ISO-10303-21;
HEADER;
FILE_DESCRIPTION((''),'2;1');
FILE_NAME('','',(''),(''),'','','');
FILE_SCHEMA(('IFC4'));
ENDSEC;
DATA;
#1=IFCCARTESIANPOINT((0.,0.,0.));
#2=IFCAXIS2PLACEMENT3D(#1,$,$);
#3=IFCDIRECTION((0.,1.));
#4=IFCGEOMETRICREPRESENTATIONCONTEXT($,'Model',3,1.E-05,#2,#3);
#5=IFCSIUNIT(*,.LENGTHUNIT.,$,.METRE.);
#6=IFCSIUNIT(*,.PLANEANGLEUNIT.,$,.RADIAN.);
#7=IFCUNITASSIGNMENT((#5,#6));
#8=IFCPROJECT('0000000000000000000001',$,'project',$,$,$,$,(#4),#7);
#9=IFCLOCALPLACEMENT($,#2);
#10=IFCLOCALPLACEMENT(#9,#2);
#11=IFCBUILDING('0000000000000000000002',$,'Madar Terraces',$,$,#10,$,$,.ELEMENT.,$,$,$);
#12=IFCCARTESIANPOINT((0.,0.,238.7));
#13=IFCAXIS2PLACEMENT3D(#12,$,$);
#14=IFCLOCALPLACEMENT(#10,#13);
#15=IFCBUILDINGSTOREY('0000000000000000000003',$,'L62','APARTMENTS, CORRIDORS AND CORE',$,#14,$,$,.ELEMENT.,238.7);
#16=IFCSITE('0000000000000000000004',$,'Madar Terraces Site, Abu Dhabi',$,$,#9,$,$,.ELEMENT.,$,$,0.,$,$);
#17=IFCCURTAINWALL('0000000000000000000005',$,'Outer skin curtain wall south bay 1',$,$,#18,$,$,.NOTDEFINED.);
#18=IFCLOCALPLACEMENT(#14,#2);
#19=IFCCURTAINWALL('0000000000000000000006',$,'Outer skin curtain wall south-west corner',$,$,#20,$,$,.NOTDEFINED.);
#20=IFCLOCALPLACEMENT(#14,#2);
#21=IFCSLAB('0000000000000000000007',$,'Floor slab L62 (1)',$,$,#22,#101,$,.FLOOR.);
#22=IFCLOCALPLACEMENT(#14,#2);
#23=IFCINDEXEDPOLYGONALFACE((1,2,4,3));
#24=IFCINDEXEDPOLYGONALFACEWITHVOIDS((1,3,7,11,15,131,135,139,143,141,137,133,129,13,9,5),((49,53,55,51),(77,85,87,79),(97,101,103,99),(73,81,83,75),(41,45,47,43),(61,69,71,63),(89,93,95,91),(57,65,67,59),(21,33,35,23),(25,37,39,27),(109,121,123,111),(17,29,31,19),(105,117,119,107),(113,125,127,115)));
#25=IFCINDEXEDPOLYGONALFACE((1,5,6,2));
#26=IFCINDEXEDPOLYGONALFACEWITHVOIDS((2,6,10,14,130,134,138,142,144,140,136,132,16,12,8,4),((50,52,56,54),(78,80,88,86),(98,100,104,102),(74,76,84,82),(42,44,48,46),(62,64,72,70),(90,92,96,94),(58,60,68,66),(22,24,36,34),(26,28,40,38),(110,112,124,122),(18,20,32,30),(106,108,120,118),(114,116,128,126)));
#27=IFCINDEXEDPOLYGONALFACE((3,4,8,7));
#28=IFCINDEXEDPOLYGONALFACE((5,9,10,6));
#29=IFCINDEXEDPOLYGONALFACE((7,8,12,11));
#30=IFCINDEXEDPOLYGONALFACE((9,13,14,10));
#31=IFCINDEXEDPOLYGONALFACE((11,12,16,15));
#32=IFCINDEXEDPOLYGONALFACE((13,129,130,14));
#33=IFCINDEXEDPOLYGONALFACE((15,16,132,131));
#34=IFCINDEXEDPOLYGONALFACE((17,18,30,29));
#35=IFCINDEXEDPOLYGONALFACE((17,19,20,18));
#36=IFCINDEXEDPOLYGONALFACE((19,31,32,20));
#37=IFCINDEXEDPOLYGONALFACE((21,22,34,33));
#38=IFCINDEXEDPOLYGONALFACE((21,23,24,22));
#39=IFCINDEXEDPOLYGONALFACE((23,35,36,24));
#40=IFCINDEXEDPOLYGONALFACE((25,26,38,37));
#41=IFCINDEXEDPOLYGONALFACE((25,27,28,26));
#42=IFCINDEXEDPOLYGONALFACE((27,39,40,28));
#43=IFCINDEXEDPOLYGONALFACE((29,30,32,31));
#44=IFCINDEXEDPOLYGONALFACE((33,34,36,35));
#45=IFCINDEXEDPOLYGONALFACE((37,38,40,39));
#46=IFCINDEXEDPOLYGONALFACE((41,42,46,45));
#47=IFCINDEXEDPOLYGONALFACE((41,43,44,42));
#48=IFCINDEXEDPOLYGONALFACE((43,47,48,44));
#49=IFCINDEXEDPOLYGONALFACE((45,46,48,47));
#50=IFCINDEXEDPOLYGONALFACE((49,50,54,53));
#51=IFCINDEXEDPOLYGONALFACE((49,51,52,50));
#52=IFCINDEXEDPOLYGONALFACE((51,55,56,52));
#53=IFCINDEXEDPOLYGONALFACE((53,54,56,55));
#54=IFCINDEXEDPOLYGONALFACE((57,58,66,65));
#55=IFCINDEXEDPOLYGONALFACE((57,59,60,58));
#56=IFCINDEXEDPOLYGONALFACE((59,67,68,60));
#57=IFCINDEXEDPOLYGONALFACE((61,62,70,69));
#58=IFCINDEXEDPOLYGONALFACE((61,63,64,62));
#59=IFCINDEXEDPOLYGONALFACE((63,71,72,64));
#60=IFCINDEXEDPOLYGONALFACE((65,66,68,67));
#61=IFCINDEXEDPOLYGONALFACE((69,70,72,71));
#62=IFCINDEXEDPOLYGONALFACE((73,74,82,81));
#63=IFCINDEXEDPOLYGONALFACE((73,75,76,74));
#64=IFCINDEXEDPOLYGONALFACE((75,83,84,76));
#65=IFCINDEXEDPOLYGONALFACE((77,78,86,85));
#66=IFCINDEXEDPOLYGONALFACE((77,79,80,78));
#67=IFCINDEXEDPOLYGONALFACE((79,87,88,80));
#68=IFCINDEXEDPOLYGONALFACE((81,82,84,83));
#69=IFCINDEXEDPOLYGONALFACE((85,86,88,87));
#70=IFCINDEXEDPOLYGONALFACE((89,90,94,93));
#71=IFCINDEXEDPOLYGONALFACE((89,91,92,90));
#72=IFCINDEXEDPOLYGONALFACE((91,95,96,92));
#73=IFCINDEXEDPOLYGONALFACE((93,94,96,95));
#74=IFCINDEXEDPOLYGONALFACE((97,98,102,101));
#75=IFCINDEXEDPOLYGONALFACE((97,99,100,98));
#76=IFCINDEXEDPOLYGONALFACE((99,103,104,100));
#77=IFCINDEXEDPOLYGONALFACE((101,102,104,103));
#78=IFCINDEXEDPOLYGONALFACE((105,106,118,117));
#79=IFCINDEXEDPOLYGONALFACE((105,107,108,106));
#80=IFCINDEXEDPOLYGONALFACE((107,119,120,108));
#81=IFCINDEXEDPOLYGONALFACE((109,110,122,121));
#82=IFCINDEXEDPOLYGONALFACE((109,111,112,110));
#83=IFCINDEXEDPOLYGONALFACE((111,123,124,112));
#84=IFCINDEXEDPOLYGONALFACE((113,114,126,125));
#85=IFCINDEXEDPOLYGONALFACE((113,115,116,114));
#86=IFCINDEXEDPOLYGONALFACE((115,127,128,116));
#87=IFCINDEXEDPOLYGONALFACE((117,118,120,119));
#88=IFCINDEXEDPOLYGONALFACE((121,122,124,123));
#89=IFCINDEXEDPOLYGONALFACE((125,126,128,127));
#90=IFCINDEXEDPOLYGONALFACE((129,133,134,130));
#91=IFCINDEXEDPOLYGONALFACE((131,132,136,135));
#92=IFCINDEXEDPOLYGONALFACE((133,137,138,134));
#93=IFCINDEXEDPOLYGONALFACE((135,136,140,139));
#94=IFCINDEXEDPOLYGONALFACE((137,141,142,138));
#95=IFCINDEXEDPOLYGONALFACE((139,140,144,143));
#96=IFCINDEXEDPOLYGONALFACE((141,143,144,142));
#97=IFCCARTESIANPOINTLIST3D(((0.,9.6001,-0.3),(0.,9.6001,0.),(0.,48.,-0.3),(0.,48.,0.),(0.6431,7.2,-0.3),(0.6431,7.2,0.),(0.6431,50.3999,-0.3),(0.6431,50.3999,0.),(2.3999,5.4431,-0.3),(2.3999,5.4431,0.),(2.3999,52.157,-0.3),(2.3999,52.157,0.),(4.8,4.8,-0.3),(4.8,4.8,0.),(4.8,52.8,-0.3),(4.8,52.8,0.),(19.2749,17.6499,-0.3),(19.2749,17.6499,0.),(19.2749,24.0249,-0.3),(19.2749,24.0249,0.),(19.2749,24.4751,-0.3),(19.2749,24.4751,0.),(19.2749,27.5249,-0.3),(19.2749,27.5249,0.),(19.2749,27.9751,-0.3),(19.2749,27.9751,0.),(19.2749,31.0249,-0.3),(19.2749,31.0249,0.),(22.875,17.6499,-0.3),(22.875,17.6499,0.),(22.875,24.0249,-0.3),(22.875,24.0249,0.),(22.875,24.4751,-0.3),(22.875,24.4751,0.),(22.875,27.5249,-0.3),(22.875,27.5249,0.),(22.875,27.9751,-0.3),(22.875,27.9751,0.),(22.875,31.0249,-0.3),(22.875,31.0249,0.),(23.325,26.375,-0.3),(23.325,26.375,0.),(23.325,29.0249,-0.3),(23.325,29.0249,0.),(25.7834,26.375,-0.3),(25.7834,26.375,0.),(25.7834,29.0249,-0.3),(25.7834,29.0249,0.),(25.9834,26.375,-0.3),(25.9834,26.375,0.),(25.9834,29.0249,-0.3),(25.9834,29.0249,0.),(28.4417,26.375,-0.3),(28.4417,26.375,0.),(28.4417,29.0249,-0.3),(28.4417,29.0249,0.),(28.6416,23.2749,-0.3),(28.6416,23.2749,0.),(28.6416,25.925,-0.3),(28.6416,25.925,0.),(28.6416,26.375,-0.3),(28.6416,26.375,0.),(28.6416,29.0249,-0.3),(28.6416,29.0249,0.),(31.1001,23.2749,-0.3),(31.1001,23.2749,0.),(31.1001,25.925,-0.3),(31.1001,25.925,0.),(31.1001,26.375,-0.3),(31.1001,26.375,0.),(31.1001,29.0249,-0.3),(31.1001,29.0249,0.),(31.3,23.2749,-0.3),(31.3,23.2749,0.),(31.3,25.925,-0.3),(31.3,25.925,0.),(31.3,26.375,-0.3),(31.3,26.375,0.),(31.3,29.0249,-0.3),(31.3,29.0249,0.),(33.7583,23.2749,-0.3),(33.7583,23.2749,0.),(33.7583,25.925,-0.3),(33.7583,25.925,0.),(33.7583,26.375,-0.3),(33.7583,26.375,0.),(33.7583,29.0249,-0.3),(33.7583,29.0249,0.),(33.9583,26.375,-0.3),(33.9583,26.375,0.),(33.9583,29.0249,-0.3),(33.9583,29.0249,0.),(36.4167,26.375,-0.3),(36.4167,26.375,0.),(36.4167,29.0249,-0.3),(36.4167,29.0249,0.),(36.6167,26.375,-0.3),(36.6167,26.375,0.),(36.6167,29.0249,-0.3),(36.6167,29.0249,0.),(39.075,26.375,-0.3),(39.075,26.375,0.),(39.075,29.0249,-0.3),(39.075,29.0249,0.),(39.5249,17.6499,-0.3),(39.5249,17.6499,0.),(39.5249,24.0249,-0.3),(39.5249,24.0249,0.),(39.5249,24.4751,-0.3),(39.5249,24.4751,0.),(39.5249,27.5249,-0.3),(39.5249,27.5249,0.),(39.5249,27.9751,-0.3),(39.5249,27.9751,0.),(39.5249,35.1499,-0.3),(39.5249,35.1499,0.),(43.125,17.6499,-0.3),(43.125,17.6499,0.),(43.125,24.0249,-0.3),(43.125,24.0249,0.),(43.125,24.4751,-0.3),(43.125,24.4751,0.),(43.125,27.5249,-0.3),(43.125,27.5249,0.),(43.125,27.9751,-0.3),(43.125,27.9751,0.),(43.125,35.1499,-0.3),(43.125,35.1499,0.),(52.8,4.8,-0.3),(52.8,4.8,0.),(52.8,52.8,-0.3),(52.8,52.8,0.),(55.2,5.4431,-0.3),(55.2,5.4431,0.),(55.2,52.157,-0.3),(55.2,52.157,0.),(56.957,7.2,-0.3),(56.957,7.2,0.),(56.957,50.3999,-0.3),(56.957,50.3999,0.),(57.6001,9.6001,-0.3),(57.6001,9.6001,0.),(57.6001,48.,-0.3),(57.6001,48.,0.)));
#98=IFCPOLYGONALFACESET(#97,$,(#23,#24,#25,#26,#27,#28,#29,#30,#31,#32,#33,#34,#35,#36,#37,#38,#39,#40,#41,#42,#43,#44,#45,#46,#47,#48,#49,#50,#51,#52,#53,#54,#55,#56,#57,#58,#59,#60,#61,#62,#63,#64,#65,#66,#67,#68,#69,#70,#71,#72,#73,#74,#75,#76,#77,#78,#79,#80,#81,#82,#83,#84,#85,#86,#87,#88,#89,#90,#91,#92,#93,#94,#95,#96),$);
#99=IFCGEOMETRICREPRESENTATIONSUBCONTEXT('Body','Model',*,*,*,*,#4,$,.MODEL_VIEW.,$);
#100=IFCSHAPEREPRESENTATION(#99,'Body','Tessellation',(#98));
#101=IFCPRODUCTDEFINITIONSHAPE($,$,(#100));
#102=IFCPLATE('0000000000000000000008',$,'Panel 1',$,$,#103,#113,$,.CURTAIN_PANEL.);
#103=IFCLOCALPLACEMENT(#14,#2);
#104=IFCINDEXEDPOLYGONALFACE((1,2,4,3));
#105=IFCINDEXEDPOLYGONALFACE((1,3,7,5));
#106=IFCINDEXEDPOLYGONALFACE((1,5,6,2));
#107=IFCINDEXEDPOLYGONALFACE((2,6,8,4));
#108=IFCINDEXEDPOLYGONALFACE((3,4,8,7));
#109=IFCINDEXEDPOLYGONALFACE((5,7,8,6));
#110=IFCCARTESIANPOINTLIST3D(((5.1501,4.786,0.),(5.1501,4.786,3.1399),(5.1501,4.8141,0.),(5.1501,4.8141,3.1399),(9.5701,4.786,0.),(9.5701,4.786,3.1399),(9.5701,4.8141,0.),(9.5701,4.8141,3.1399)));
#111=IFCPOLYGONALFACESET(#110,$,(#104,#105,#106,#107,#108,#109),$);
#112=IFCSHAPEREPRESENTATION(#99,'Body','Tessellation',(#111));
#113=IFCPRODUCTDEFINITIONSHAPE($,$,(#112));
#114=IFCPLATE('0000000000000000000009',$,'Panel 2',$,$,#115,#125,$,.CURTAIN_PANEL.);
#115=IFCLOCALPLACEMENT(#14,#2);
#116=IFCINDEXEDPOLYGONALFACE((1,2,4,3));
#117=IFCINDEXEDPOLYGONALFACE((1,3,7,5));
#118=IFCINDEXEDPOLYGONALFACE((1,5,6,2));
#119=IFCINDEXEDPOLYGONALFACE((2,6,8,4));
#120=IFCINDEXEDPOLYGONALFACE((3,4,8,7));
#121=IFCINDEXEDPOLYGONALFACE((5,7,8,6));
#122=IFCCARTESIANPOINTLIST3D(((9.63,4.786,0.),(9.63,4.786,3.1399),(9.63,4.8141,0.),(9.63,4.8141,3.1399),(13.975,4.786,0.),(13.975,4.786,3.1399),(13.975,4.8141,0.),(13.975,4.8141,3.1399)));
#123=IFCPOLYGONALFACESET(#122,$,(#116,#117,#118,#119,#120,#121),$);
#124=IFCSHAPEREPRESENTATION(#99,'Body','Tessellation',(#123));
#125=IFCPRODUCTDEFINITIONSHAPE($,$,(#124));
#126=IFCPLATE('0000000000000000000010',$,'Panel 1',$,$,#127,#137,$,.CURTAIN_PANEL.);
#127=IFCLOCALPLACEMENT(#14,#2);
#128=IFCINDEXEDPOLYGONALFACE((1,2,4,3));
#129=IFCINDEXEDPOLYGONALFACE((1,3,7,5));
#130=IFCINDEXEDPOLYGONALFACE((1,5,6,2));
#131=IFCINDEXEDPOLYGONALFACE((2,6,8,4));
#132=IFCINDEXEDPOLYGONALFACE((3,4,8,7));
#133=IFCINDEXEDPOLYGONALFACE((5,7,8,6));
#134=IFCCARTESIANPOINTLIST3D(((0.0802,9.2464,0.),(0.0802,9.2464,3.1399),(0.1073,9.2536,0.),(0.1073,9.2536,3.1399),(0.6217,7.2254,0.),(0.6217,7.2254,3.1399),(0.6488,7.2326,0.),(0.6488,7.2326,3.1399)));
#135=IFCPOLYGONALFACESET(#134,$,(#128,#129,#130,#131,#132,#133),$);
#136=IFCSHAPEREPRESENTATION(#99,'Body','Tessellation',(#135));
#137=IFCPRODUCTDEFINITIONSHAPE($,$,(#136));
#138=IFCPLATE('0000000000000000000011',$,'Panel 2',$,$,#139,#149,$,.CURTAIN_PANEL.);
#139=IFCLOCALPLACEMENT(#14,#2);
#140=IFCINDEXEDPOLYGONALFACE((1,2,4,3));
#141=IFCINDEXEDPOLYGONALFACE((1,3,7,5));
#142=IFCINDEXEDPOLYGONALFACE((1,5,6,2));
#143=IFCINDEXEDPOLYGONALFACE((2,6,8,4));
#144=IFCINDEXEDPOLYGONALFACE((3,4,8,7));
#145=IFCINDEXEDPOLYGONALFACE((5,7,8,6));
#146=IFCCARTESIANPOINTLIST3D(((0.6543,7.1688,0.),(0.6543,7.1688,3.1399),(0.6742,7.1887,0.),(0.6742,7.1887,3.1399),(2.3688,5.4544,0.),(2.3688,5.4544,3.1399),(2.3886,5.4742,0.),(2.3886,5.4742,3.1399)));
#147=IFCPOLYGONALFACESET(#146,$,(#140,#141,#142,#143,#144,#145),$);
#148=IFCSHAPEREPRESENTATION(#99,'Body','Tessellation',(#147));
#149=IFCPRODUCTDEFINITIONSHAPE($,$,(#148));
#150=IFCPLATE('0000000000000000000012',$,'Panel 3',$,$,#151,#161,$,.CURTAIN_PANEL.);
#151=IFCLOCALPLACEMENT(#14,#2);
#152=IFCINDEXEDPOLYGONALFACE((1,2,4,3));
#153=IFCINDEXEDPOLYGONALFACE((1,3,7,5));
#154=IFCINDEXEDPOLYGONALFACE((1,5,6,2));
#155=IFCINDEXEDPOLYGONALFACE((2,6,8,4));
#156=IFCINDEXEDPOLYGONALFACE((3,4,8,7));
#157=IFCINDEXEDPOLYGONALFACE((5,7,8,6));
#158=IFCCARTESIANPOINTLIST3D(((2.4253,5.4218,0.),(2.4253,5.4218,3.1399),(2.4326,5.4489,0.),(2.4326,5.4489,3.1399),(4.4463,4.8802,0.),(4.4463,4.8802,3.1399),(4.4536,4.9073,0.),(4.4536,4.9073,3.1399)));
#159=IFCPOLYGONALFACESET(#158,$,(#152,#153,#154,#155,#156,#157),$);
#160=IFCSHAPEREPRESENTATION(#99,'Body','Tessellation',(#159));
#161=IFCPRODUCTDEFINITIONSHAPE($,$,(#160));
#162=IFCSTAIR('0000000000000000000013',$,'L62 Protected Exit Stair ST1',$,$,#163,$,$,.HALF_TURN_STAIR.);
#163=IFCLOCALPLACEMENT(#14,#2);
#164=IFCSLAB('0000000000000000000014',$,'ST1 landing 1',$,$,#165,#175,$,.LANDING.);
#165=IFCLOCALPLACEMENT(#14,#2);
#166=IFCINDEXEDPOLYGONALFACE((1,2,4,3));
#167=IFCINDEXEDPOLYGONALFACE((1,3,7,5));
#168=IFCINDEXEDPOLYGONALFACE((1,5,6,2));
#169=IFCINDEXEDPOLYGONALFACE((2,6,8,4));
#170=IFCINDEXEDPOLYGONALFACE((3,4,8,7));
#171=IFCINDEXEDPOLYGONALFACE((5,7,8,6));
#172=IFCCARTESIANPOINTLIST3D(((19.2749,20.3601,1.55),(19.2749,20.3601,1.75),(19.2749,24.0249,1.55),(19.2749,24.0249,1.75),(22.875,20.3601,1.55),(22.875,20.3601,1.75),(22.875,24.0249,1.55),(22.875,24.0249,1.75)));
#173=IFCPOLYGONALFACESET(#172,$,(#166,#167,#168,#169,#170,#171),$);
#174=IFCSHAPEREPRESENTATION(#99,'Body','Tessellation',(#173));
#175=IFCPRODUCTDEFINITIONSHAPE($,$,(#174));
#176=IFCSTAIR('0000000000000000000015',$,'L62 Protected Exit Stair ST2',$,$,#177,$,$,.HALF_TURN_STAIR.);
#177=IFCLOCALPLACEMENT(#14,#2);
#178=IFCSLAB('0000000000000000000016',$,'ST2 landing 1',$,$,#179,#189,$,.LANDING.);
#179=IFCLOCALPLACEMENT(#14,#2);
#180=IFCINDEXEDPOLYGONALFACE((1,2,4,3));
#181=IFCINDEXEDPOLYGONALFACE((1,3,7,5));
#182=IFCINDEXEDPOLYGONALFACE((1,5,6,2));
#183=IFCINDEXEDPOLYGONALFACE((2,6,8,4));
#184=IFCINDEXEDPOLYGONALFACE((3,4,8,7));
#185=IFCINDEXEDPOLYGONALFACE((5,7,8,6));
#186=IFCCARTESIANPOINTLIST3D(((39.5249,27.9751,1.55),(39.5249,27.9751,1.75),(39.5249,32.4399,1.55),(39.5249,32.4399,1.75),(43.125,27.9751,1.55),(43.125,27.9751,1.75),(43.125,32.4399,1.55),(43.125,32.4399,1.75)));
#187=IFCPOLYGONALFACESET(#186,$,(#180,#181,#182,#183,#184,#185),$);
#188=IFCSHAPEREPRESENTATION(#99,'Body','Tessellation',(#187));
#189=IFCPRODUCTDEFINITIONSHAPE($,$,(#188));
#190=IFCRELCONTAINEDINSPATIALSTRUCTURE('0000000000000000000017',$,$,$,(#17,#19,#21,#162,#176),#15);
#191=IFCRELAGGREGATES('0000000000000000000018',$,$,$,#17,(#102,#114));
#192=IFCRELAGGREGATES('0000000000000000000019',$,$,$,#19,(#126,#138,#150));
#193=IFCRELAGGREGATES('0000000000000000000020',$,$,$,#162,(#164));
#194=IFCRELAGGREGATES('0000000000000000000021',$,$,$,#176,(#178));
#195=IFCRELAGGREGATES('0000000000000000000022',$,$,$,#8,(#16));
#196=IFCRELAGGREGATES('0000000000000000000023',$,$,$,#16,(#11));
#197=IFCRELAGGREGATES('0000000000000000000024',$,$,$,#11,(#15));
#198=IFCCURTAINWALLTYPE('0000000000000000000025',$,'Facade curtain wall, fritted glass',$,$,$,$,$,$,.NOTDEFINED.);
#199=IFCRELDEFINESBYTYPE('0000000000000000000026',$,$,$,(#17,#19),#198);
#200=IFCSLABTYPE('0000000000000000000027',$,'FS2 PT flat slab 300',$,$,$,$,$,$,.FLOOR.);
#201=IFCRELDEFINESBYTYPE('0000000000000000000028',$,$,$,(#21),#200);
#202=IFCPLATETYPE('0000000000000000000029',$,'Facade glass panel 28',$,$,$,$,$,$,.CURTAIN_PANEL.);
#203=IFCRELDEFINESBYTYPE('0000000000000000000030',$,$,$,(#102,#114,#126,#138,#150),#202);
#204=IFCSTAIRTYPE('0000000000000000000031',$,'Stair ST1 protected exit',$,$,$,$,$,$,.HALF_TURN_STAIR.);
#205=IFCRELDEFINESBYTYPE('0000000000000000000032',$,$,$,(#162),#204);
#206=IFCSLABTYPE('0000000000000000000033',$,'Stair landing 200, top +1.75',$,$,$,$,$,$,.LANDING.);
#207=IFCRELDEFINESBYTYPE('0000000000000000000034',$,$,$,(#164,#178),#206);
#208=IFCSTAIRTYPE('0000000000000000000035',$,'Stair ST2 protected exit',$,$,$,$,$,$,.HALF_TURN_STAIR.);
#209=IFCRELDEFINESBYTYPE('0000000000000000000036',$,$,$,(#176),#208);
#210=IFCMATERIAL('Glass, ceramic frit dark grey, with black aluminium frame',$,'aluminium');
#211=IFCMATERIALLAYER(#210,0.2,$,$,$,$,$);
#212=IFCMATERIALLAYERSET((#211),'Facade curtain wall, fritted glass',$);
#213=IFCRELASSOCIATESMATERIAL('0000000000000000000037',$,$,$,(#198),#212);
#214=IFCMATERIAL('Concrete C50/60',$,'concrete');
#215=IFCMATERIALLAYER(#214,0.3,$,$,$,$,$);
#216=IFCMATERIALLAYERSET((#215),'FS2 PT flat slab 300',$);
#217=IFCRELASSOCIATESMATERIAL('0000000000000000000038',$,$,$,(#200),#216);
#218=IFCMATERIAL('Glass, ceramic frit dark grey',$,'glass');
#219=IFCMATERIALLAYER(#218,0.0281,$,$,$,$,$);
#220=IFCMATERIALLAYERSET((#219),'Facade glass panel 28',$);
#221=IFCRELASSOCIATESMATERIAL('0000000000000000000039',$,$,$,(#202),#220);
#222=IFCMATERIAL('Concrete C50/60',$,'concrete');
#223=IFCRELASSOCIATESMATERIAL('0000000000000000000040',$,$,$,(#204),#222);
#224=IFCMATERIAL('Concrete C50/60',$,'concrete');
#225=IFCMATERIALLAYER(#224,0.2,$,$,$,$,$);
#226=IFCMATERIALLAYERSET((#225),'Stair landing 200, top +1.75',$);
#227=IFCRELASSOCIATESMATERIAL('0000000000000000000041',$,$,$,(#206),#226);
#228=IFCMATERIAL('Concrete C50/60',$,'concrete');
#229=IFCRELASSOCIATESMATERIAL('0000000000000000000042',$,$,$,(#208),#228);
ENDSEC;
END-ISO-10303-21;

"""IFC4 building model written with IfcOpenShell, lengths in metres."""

from ifc_helpers import new_model, si_unit, direction, frame, origin, origin_2d, place, context, subcontext, project, spatial, polyline, rectangle, outline, extrude, material, layer, layer_set, type_object, element, aggregate, save


model = new_model("IFC4")

# Units and contexts
model_context = context("Model", 3, precision=1e-05, world=origin(), true_north=direction((0.0, 1.0)))
body_context = subcontext(model_context, "Body", "Model", "MODEL_VIEW")
ifc_project = project(units=[si_unit("LENGTHUNIT", "METRE"), si_unit("PLANEANGLEUNIT", "RADIAN")], contexts=[model_context])

# Site, building, storey
site_placement = place(None, origin())
site = spatial("IfcSite", under=ifc_project, at=site_placement, Name="Madar Terraces Site, Abu Dhabi", CompositionType="ELEMENT", RefElevation=0.0)
building_placement = place(site_placement, origin())
building = spatial("IfcBuilding", under=site, at=building_placement, Name="Madar Terraces", CompositionType="ELEMENT")
storey_placement = place(building_placement, frame((0.0, 0.0, 238.7)))
storey = spatial("IfcBuildingStorey", under=building, at=storey_placement, Name="L62", Description="APARTMENTS, CORRIDORS AND CORE", CompositionType="ELEMENT", Elevation=238.7)

# Curtain wall
ifc_material_1 = material(Name="Glass, ceramic frit dark grey, with black aluminium frame", Category="aluminium")
ifc_layer_1 = layer(ifc_material_1, 0.2)
ifc_layer_set_1 = layer_set([ifc_layer_1], Name="Facade curtain wall, fritted glass")
curtain_wall_type = type_object("IfcCurtainWallType", Name="Facade curtain wall, fritted glass", PredefinedType="NOTDEFINED", material=ifc_layer_set_1)
curtain_wall_1_placement = place(storey_placement, origin())
curtain_wall_1 = element("IfcCurtainWall", 1, at=curtain_wall_1_placement, inside=storey, type_object=curtain_wall_type, Name="Outer skin curtain wall south bay 1", PredefinedType="NOTDEFINED")

# Curtain wall
curtain_wall_2_placement = place(storey_placement, origin())
curtain_wall_2 = element("IfcCurtainWall", 2, at=curtain_wall_2_placement, inside=storey, type_object=curtain_wall_type, Name="Outer skin curtain wall south-west corner", PredefinedType="NOTDEFINED")

# Slab
ifc_material_2 = material(Name="Concrete C50/60", Category="concrete")
ifc_layer_2 = layer(ifc_material_2, 0.3)
ifc_layer_set_2 = layer_set([ifc_layer_2], Name="FS2 PT flat slab 300")
slab_type_1 = type_object("IfcSlabType", Name="FS2 PT flat slab 300", PredefinedType="FLOOR", material=ifc_layer_set_2)
slab_1_placement = place(storey_placement, frame((0.0, 0.0, -0.3)))
element("IfcSlab", 3, at=slab_1_placement, inside=storey, type_object=slab_type_1, Name="Floor slab L62 (1)", PredefinedType="FLOOR", context=body_context, shape_type="SweptSolid", body=[
    extrude(outline(polyline([(52.8, 4.8), (55.2, 5.4431), (56.957, 7.2), (57.6001, 9.6001), (57.6001, 48.0), (56.957, 50.3999), (55.2, 52.157), (52.8, 52.8), (4.8, 52.8), (2.3999, 52.157), (0.6431, 50.3999), (0.0, 48.0), (0.0, 9.6001), (0.6431, 7.2), (2.3999, 5.4431), (4.8, 4.8), (52.8, 4.8)]), holes=[polyline([(22.875, 17.6499), (19.2749, 17.6499), (19.2749, 24.0249), (22.875, 24.0249), (22.875, 17.6499)]), polyline([(28.6416, 23.2749), (28.6416, 25.925), (31.1001, 25.925), (31.1001, 23.2749), (28.6416, 23.2749)]), polyline([(19.2749, 24.4751), (19.2749, 27.5249), (22.875, 27.5249), (22.875, 24.4751), (19.2749, 24.4751)]), polyline([(23.325, 26.375), (23.325, 29.0249), (25.7834, 29.0249), (25.7834, 26.375), (23.325, 26.375)]), polyline([(25.9834, 26.375), (25.9834, 29.0249), (28.4417, 29.0249), (28.4417, 26.375), (25.9834, 26.375)]), polyline([(28.6416, 26.375), (28.6416, 29.0249), (31.1001, 29.0249), (31.1001, 26.375), (28.6416, 26.375)]), polyline([(19.2749, 27.9751), (19.2749, 31.0249), (22.875, 31.0249), (22.875, 27.9751), (19.2749, 27.9751)]), polyline([(43.125, 17.6499), (39.5249, 17.6499), (39.5249, 24.0249), (43.125, 24.0249), (43.125, 17.6499)]), polyline([(31.3, 23.2749), (31.3, 25.925), (33.7583, 25.925), (33.7583, 23.2749), (31.3, 23.2749)]), polyline([(39.5249, 24.4751), (39.5249, 27.5249), (43.125, 27.5249), (43.125, 24.4751), (39.5249, 24.4751)]), polyline([(31.3, 26.375), (31.3, 29.0249), (33.7583, 29.0249), (33.7583, 26.375), (31.3, 26.375)]), polyline([(33.9583, 26.375), (33.9583, 29.0249), (36.4167, 29.0249), (36.4167, 26.375), (33.9583, 26.375)]), polyline([(36.6167, 26.375), (36.6167, 29.0249), (39.075, 29.0249), (39.075, 26.375), (36.6167, 26.375)]), polyline([(39.5249, 27.9751), (39.5249, 35.1499), (43.125, 35.1499), (43.125, 27.9751), (39.5249, 27.9751)])]), origin(), (0.0, 0.0, 1.0), 0.3),
])

# Plates
ifc_material_3 = material(Name="Glass, ceramic frit dark grey", Category="glass")
ifc_layer_3 = layer(ifc_material_3, 0.0281)
ifc_layer_set_3 = layer_set([ifc_layer_3], Name="Facade glass panel 28")
plate_type = type_object("IfcPlateType", Name="Facade glass panel 28", PredefinedType="CURTAIN_PANEL", material=ifc_layer_set_3)
plate_1_placement = place(storey_placement, frame((7.3601, 4.8, 0.0), z_axis=(0.0, 0.0, 1.0), x_axis=(1.0, 0.0, 0.0)))
plate_1 = element("IfcPlate", 4, at=plate_1_placement, type_object=plate_type, Name="Panel 1", PredefinedType="CURTAIN_PANEL", context=body_context, shape_type="SweptSolid", body=[
    extrude(rectangle(XDim=4.4199, YDim=0.0281, at=origin_2d()), origin(), (0.0, 0.0, 1.0), 3.1399),
])
plate_2_placement = place(storey_placement, frame((11.8025, 4.8, 0.0), z_axis=(0.0, 0.0, 1.0), x_axis=(1.0, 0.0, 0.0)))
plate_2 = element("IfcPlate", 5, at=plate_2_placement, type_object=plate_type, Name="Panel 2", PredefinedType="CURTAIN_PANEL", context=body_context, shape_type="SweptSolid", body=[
    extrude(rectangle(XDim=4.345, YDim=0.0281, at=origin_2d()), origin(), (0.0, 0.0, 1.0), 3.1399),
])
aggregate(curtain_wall_1, [plate_1, plate_2])
plate_3_placement = place(storey_placement, frame((0.3645, 8.2395, 0.0), z_axis=(0.0, 0.0, 1.0), x_axis=(0.258819, -0.965926, 0.0)))
plate_3 = element("IfcPlate", 6, at=plate_3_placement, type_object=plate_type, Name="Panel 1", PredefinedType="CURTAIN_PANEL", context=body_context, shape_type="SweptSolid", body=[
    extrude(rectangle(XDim=2.0923, YDim=0.0281, at=origin_2d()), origin(), (0.0, 0.0, 1.0), 3.1399),
])
plate_4_placement = place(storey_placement, frame((1.5215, 6.3215, 0.0), z_axis=(0.0, 0.0, 1.0), x_axis=(0.707107, -0.707107, 0.0)))
plate_4 = element("IfcPlate", 7, at=plate_4_placement, type_object=plate_type, Name="Panel 2", PredefinedType="CURTAIN_PANEL", context=body_context, shape_type="SweptSolid", body=[
    extrude(rectangle(XDim=2.4246, YDim=0.0281, at=origin_2d()), origin(), (0.0, 0.0, 1.0), 3.1399),
])
plate_5_placement = place(storey_placement, frame((3.4395, 5.1646, 0.0), z_axis=(0.0, 0.0, 1.0), x_axis=(0.965926, -0.258819, 0.0)))
plate_5 = element("IfcPlate", 8, at=plate_5_placement, type_object=plate_type, Name="Panel 3", PredefinedType="CURTAIN_PANEL", context=body_context, shape_type="SweptSolid", body=[
    extrude(rectangle(XDim=2.0923, YDim=0.0281, at=origin_2d()), origin(), (0.0, 0.0, 1.0), 3.1399),
])
aggregate(curtain_wall_2, [plate_3, plate_4, plate_5])

# Stairs, slabs
ifc_material_4 = material(Name="Concrete C50/60", Category="concrete")
stair_type_1 = type_object("IfcStairType", Name="Stair ST1 protected exit", PredefinedType="HALF_TURN_STAIR", material=ifc_material_4)
stair_1_placement = place(storey_placement, origin())
stair_1 = element("IfcStair", 9, at=stair_1_placement, inside=storey, type_object=stair_type_1, Name="L62 Protected Exit Stair ST1", PredefinedType="HALF_TURN_STAIR")
ifc_material_5 = material(Name="Concrete C50/60", Category="concrete")
ifc_layer_4 = layer(ifc_material_5, 0.2)
ifc_layer_set_4 = layer_set([ifc_layer_4], Name="Stair landing 200, top +1.75")
slab_type_2 = type_object("IfcSlabType", Name="Stair landing 200, top +1.75", PredefinedType="LANDING", material=ifc_layer_set_4)
slab_2_placement = place(storey_placement, frame((0.0, 0.0, 1.55)))
slab_2 = element("IfcSlab", 10, at=slab_2_placement, type_object=slab_type_2, Name="ST1 landing 1", PredefinedType="LANDING", context=body_context, shape_type="SweptSolid", body=[
    extrude(outline(polyline([(19.2749, 20.3601), (22.875, 20.3601), (22.875, 24.0249), (19.2749, 24.0249), (19.2749, 20.3601)])), origin(), (0.0, 0.0, 1.0), 0.2),
])
aggregate(stair_1, [slab_2])
ifc_material_6 = material(Name="Concrete C50/60", Category="concrete")
stair_type_2 = type_object("IfcStairType", Name="Stair ST2 protected exit", PredefinedType="HALF_TURN_STAIR", material=ifc_material_6)
stair_2_placement = place(storey_placement, origin())
stair_2 = element("IfcStair", 11, at=stair_2_placement, inside=storey, type_object=stair_type_2, Name="L62 Protected Exit Stair ST2", PredefinedType="HALF_TURN_STAIR")
slab_3_placement = place(storey_placement, frame((0.0, 0.0, 1.55)))
slab_3 = element("IfcSlab", 12, at=slab_3_placement, type_object=slab_type_2, Name="ST2 landing 1", PredefinedType="LANDING", context=body_context, shape_type="SweptSolid", body=[
    extrude(outline(polyline([(39.5249, 27.9751), (43.125, 27.9751), (43.125, 32.4399), (39.5249, 32.4399), (39.5249, 27.9751)])), origin(), (0.0, 0.0, 1.0), 0.2),
])
aggregate(stair_2, [slab_3])

save(model, "model.ifc")
